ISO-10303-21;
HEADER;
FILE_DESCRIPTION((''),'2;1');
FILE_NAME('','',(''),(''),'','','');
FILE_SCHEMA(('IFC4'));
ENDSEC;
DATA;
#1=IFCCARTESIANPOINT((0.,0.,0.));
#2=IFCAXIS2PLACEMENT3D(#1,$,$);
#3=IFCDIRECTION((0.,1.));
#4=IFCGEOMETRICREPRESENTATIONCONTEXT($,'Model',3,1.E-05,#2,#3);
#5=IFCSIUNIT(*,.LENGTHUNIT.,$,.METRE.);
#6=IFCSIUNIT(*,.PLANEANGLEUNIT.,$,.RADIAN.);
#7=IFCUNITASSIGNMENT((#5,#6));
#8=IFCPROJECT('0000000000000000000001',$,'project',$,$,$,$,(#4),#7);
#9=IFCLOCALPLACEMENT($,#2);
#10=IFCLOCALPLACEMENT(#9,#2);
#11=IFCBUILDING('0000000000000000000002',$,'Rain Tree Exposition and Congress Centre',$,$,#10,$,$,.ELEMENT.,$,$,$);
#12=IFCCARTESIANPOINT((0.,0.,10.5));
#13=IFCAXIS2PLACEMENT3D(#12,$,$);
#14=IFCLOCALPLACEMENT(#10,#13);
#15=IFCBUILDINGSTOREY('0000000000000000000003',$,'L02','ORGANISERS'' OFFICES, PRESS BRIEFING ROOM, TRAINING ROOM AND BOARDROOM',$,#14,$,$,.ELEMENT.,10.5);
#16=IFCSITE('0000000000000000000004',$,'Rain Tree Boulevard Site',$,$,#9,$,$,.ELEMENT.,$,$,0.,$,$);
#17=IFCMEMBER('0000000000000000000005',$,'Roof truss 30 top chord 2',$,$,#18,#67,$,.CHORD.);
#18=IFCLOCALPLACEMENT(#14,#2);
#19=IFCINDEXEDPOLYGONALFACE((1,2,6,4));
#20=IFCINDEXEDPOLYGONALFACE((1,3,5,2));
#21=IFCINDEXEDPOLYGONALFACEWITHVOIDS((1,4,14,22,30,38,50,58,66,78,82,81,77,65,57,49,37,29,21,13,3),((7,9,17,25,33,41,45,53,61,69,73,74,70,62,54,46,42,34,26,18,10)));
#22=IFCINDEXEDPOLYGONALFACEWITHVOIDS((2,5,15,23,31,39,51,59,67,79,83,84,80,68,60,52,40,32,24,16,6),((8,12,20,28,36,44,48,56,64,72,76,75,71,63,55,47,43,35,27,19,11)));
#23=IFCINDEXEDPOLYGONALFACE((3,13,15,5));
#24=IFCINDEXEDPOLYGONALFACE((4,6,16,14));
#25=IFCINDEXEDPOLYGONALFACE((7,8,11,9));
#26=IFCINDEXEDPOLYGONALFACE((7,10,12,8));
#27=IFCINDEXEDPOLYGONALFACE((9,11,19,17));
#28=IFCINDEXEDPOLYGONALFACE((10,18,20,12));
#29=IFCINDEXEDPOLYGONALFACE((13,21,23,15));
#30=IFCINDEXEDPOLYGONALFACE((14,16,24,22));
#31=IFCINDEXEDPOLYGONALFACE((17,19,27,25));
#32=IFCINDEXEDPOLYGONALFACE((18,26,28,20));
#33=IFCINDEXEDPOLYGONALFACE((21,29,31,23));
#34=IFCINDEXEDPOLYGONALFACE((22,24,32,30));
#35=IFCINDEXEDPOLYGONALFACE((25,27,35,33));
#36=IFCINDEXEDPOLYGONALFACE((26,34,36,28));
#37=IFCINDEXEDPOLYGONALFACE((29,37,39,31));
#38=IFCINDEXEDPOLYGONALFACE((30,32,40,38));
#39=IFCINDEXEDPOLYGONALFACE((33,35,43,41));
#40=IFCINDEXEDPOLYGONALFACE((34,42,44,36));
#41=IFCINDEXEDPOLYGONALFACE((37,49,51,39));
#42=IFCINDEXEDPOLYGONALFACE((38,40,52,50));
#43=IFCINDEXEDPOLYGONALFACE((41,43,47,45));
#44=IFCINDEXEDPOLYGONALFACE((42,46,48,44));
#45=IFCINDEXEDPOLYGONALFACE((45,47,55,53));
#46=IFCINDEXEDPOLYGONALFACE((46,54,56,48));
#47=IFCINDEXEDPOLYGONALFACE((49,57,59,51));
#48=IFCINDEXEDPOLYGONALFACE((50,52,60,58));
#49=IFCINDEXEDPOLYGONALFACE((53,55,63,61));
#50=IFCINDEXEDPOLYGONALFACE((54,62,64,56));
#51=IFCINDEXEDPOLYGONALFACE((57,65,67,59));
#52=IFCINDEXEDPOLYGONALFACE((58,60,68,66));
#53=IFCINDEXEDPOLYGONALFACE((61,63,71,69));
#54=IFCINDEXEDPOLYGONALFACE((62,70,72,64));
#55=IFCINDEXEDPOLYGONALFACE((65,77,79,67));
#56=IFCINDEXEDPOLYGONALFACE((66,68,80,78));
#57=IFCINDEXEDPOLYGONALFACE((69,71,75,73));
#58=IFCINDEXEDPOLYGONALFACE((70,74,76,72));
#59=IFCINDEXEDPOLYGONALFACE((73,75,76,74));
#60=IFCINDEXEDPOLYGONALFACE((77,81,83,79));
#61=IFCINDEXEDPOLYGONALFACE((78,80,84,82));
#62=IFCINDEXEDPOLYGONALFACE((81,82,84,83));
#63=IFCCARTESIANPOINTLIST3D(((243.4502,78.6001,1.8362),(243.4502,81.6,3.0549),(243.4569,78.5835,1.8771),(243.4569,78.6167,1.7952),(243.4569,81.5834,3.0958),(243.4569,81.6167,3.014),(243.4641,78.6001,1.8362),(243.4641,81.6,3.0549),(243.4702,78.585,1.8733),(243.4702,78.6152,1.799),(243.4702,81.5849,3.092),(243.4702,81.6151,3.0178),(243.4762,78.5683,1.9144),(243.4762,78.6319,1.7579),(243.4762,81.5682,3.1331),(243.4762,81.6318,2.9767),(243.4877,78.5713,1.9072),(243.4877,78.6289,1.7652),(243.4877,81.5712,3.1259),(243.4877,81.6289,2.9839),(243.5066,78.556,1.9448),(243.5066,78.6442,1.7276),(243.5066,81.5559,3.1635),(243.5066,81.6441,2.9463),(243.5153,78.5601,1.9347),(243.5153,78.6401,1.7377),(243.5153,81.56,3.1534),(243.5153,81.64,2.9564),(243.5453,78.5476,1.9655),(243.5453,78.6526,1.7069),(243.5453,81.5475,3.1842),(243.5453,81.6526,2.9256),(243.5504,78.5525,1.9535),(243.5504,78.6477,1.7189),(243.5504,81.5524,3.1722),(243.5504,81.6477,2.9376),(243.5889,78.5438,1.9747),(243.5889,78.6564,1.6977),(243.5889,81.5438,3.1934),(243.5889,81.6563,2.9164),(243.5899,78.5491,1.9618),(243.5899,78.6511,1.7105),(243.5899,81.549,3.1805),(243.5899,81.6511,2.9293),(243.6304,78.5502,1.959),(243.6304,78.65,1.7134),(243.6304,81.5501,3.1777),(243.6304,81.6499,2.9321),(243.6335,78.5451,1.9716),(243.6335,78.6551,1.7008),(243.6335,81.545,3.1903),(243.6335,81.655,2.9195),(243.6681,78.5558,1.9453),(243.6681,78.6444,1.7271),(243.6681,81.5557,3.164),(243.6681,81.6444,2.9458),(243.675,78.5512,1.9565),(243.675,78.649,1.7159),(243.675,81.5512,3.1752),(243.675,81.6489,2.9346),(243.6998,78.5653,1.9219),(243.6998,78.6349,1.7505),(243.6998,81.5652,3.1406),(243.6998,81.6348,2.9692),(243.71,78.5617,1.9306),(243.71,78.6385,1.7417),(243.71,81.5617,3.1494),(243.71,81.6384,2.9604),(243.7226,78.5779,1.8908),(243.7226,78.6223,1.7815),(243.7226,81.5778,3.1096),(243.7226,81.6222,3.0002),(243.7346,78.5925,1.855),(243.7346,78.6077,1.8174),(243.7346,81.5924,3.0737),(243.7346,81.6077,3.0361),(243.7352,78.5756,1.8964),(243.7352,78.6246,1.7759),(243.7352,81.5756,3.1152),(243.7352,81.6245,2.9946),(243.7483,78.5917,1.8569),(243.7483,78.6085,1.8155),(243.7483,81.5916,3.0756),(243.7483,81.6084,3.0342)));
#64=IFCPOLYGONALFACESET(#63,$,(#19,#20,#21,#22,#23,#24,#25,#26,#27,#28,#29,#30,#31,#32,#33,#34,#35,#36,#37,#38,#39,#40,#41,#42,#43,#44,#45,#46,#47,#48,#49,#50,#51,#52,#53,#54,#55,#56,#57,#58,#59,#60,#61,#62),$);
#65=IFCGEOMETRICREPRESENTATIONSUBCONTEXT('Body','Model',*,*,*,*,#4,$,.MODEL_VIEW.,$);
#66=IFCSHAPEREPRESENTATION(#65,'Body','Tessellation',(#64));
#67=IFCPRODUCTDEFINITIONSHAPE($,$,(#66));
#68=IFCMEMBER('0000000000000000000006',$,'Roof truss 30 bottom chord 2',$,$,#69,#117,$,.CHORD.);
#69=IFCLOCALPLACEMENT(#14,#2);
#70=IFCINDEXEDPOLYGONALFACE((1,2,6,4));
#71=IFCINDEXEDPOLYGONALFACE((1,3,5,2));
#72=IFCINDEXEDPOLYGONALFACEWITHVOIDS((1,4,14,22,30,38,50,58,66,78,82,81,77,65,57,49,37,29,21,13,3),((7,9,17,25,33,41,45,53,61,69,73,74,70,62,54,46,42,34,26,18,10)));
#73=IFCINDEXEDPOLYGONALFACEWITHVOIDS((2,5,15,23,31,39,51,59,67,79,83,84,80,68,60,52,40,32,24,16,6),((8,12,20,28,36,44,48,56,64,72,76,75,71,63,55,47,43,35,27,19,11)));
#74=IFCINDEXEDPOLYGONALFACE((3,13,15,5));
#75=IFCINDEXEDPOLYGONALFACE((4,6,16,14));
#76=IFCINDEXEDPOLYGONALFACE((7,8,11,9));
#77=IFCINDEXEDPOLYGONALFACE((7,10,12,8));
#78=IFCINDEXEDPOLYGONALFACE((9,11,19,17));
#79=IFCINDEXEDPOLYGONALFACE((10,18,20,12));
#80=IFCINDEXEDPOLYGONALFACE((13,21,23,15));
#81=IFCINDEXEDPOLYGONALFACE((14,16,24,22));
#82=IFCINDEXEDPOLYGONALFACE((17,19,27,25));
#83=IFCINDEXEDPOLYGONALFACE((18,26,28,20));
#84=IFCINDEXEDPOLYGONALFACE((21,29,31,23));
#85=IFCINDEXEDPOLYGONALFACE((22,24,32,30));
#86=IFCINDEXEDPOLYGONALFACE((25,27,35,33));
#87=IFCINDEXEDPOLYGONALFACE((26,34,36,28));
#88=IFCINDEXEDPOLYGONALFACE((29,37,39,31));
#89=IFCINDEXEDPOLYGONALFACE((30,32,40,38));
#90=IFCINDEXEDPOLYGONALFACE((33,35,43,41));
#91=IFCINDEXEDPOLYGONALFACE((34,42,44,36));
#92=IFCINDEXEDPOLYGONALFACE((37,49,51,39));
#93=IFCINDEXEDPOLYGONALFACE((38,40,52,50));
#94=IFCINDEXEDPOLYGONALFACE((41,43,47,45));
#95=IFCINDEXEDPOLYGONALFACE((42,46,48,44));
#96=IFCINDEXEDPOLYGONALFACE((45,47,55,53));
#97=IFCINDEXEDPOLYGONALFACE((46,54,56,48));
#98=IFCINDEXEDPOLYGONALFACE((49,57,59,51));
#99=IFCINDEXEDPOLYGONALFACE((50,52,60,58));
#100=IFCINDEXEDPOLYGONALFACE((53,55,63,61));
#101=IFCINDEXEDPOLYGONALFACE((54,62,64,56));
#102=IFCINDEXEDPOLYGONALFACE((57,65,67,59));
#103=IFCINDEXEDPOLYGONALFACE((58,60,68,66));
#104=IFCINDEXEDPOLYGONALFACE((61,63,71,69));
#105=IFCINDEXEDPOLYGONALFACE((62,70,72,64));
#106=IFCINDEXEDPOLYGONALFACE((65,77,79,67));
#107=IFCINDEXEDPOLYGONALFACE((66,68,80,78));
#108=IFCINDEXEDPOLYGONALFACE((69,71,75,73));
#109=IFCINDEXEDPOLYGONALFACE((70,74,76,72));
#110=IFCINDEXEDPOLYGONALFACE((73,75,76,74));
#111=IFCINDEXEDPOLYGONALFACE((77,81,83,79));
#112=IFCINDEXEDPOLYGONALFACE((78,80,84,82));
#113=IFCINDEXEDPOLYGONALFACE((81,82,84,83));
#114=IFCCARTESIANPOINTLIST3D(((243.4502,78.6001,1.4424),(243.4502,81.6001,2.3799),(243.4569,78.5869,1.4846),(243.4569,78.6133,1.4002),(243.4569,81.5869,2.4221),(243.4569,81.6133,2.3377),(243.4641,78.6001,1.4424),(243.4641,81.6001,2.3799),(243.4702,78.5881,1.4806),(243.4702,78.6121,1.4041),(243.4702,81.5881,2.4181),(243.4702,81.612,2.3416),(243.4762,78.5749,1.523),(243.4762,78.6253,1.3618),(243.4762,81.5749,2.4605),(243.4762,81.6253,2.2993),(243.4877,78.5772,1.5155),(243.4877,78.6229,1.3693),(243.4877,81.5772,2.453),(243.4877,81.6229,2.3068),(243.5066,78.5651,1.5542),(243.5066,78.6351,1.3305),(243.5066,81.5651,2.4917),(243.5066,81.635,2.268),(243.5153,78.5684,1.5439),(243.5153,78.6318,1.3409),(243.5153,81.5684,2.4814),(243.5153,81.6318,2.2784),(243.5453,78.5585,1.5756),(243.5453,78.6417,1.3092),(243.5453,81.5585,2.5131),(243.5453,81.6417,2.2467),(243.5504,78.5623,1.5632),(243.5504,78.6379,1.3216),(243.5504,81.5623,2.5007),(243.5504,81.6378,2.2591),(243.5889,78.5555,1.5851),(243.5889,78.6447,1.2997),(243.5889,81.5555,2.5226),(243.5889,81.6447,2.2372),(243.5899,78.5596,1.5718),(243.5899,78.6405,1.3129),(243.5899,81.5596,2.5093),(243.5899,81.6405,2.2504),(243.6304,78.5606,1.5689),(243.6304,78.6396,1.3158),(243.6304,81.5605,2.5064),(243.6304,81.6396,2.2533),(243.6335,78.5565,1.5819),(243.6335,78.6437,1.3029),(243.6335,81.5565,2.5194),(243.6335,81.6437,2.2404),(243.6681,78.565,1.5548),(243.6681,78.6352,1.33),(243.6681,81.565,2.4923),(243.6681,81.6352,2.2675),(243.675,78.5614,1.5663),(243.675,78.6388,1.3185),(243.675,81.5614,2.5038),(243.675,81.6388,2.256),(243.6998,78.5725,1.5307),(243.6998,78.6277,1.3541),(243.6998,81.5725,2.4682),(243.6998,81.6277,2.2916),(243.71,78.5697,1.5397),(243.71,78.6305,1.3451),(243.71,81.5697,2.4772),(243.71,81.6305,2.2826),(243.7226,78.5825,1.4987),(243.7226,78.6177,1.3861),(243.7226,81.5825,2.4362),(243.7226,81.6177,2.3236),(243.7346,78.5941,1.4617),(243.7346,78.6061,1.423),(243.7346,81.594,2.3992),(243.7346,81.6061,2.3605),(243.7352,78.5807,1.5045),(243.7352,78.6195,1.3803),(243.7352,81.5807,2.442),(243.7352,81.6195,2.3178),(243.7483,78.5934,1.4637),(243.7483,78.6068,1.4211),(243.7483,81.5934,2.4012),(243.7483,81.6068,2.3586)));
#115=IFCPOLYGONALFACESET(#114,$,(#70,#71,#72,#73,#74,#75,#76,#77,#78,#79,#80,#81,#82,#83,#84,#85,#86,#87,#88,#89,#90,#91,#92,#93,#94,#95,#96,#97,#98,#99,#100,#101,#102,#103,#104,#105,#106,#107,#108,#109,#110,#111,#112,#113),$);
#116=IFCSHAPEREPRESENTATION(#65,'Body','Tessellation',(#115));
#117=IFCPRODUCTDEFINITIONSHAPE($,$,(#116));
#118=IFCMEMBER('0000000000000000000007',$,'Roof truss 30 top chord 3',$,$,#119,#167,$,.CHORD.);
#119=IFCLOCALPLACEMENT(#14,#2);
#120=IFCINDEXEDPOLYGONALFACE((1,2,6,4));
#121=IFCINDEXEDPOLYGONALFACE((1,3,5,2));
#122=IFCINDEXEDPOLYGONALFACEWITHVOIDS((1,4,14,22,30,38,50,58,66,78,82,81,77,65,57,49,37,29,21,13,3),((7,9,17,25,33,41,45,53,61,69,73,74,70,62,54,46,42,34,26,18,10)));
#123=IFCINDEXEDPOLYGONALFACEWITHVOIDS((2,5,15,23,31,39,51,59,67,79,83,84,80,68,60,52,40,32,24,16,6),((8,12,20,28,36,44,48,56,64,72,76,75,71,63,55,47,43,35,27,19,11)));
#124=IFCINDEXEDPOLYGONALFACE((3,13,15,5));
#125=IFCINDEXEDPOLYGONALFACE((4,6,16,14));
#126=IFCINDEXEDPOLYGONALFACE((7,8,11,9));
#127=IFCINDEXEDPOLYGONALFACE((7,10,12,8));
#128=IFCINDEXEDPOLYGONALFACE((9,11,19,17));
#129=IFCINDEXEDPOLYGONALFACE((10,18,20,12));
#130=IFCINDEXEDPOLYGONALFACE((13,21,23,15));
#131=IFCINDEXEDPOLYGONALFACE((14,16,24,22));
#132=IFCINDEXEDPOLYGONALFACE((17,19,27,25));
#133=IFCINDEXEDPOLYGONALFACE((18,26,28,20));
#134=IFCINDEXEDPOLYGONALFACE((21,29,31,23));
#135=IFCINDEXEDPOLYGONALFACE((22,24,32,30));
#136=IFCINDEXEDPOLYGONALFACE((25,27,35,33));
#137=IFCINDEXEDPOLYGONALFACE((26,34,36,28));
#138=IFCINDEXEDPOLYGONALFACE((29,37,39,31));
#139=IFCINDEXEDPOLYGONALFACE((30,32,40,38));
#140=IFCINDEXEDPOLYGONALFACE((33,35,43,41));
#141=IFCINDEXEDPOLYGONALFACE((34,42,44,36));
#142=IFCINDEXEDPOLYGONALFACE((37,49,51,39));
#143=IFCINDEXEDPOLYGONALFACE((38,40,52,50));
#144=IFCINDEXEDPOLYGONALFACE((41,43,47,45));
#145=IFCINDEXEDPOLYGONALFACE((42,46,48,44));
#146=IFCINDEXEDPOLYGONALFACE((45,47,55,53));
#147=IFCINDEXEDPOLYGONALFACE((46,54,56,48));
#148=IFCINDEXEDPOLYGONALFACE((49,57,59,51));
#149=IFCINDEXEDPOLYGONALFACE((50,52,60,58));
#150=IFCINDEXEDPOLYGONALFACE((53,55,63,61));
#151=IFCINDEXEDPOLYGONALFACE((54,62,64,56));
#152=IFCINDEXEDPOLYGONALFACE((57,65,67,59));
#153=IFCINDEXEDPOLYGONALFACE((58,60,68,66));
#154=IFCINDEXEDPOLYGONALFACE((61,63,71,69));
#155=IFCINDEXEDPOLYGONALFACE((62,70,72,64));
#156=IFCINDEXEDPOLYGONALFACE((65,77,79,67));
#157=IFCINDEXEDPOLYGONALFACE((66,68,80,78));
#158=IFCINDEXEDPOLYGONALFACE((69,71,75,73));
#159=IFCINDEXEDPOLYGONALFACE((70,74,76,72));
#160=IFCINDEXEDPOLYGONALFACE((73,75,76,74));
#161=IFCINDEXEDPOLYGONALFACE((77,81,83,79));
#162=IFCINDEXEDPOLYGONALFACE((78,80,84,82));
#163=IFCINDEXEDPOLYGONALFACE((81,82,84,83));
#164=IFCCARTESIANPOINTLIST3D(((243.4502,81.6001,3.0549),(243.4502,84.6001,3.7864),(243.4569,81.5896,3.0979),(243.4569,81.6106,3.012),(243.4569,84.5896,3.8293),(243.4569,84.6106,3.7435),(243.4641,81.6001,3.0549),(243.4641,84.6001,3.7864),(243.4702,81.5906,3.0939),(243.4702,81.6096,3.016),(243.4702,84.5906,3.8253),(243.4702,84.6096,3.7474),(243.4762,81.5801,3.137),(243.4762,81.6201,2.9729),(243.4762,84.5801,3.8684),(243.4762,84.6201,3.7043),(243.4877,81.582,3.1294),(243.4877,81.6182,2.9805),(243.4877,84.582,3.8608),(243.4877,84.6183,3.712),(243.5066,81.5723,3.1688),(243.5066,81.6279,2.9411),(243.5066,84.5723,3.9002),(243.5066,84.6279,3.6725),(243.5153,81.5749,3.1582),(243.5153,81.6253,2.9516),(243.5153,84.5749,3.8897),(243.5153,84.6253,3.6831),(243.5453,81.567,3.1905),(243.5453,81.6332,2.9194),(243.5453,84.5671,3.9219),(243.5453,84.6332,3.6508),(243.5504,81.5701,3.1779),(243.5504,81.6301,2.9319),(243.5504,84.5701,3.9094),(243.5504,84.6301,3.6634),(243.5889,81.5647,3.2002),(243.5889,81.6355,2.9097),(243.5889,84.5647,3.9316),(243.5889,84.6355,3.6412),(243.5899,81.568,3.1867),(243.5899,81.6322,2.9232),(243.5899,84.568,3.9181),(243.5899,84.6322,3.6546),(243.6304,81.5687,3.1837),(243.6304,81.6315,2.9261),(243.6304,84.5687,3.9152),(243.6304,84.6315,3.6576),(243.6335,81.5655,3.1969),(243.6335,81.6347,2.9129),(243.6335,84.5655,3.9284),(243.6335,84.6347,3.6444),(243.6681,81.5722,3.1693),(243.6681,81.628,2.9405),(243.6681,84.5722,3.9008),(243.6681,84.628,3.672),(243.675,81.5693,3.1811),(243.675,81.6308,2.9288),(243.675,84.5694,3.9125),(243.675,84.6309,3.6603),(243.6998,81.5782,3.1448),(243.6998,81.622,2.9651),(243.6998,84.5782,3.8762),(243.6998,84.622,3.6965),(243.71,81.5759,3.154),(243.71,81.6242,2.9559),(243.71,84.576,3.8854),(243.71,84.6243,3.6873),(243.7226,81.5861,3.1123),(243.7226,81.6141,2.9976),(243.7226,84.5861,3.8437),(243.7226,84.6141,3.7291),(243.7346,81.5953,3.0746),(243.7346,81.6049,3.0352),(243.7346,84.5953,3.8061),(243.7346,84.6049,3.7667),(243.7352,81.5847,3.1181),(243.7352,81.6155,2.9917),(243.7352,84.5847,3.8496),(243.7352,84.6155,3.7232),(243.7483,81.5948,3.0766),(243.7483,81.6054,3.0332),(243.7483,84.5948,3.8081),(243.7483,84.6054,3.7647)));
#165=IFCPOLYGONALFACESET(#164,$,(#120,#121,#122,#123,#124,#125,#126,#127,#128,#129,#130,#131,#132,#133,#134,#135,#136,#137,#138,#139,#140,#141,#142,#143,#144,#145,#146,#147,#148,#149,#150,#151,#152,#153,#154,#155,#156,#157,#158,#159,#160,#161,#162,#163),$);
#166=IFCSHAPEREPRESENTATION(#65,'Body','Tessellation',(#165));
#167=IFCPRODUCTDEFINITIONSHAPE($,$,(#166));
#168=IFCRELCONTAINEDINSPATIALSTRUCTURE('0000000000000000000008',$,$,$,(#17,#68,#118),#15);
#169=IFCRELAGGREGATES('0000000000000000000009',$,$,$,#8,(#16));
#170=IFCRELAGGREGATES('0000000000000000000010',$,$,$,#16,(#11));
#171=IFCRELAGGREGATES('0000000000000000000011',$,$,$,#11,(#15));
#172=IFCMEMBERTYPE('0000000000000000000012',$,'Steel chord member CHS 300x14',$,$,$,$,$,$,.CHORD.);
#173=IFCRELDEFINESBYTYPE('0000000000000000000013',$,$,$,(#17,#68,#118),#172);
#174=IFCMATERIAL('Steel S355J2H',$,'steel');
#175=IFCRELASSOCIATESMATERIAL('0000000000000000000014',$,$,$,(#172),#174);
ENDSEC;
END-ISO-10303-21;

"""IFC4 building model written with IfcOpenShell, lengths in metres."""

from ifc_helpers import new_model, si_unit, direction, frame, origin, origin_2d, place, context, subcontext, project, spatial, hollow_circle, extrude, material, material_profile, profile_set, type_object, element, save


model = new_model("IFC4")

# Units and contexts
model_context = context("Model", 3, precision=1e-05, world=origin(), true_north=direction((0.0, 1.0)))
body_context = subcontext(model_context, "Body", "Model", "MODEL_VIEW")
ifc_project = project(units=[si_unit("LENGTHUNIT", "METRE"), si_unit("PLANEANGLEUNIT", "RADIAN")], contexts=[model_context])

# Site, building, storey
site_placement = place(None, origin())
site = spatial("IfcSite", under=ifc_project, at=site_placement, Name="Rain Tree Boulevard Site", CompositionType="ELEMENT", RefElevation=0.0)
building_placement = place(site_placement, origin())
building = spatial("IfcBuilding", under=site, at=building_placement, Name="Rain Tree Exposition and Congress Centre", CompositionType="ELEMENT")
storey_placement = place(building_placement, frame((0.0, 0.0, 10.5)))
storey = spatial("IfcBuildingStorey", under=building, at=storey_placement, Name="L02", Description="ORGANISERS' OFFICES, PRESS BRIEFING ROOM, TRAINING ROOM AND BOARDROOM", CompositionType="ELEMENT", Elevation=10.5)

# Members
ifc_material_1 = material(Name="Steel S355J2H", Category="steel")
ifc_material_profile_1 = material_profile(ifc_material_1, hollow_circle(Radius=0.1499, WallThickness=0.0139, at=origin_2d()), Name="CHS 300x14")
ifc_profile_set_1 = profile_set([ifc_material_profile_1], Name="Steel S355J2H")
member_type_1 = type_object("IfcMemberType", Name="Steel chord member CHS 300x14", PredefinedType="CHORD", material=ifc_profile_set_1)
member_1_placement = place(storey_placement, frame((243.6001, 78.6001, 1.8362), z_axis=(0.0, 0.926467, 0.376377), x_axis=(-1.0, 0.0, 0.0)))
element("IfcMember", 1, at=member_1_placement, inside=storey, type_object=member_type_1, Name="Roof truss 30 top chord 2", PredefinedType="CHORD", context=body_context, shape_type="SweptSolid", body=[
    extrude(hollow_circle(Radius=0.1499, WallThickness=0.0139, at=origin_2d()), origin(), (0.0, 0.0, 1.0), 3.238),
])
member_2_placement = place(storey_placement, frame((243.6001, 78.6001, 1.4424), z_axis=(0.0, 0.95448, 0.298275), x_axis=(-1.0, 0.0, 0.0)))
element("IfcMember", 2, at=member_2_placement, inside=storey, type_object=member_type_1, Name="Roof truss 30 bottom chord 2", PredefinedType="CHORD", context=body_context, shape_type="SweptSolid", body=[
    extrude(hollow_circle(Radius=0.1499, WallThickness=0.0139, at=origin_2d()), origin(), (0.0, 0.0, 1.0), 3.1431),
])
member_3_placement = place(storey_placement, frame((243.6001, 81.6001, 3.0549), z_axis=(0.0, 0.97154, 0.236876), x_axis=(-1.0, 0.0, 0.0)))
element("IfcMember", 3, at=member_3_placement, inside=storey, type_object=member_type_1, Name="Roof truss 30 top chord 3", PredefinedType="CHORD", context=body_context, shape_type="SweptSolid", body=[
    extrude(hollow_circle(Radius=0.1499, WallThickness=0.0139, at=origin_2d()), origin(), (0.0, 0.0, 1.0), 3.0879),
])

save(model, "model.ifc")
